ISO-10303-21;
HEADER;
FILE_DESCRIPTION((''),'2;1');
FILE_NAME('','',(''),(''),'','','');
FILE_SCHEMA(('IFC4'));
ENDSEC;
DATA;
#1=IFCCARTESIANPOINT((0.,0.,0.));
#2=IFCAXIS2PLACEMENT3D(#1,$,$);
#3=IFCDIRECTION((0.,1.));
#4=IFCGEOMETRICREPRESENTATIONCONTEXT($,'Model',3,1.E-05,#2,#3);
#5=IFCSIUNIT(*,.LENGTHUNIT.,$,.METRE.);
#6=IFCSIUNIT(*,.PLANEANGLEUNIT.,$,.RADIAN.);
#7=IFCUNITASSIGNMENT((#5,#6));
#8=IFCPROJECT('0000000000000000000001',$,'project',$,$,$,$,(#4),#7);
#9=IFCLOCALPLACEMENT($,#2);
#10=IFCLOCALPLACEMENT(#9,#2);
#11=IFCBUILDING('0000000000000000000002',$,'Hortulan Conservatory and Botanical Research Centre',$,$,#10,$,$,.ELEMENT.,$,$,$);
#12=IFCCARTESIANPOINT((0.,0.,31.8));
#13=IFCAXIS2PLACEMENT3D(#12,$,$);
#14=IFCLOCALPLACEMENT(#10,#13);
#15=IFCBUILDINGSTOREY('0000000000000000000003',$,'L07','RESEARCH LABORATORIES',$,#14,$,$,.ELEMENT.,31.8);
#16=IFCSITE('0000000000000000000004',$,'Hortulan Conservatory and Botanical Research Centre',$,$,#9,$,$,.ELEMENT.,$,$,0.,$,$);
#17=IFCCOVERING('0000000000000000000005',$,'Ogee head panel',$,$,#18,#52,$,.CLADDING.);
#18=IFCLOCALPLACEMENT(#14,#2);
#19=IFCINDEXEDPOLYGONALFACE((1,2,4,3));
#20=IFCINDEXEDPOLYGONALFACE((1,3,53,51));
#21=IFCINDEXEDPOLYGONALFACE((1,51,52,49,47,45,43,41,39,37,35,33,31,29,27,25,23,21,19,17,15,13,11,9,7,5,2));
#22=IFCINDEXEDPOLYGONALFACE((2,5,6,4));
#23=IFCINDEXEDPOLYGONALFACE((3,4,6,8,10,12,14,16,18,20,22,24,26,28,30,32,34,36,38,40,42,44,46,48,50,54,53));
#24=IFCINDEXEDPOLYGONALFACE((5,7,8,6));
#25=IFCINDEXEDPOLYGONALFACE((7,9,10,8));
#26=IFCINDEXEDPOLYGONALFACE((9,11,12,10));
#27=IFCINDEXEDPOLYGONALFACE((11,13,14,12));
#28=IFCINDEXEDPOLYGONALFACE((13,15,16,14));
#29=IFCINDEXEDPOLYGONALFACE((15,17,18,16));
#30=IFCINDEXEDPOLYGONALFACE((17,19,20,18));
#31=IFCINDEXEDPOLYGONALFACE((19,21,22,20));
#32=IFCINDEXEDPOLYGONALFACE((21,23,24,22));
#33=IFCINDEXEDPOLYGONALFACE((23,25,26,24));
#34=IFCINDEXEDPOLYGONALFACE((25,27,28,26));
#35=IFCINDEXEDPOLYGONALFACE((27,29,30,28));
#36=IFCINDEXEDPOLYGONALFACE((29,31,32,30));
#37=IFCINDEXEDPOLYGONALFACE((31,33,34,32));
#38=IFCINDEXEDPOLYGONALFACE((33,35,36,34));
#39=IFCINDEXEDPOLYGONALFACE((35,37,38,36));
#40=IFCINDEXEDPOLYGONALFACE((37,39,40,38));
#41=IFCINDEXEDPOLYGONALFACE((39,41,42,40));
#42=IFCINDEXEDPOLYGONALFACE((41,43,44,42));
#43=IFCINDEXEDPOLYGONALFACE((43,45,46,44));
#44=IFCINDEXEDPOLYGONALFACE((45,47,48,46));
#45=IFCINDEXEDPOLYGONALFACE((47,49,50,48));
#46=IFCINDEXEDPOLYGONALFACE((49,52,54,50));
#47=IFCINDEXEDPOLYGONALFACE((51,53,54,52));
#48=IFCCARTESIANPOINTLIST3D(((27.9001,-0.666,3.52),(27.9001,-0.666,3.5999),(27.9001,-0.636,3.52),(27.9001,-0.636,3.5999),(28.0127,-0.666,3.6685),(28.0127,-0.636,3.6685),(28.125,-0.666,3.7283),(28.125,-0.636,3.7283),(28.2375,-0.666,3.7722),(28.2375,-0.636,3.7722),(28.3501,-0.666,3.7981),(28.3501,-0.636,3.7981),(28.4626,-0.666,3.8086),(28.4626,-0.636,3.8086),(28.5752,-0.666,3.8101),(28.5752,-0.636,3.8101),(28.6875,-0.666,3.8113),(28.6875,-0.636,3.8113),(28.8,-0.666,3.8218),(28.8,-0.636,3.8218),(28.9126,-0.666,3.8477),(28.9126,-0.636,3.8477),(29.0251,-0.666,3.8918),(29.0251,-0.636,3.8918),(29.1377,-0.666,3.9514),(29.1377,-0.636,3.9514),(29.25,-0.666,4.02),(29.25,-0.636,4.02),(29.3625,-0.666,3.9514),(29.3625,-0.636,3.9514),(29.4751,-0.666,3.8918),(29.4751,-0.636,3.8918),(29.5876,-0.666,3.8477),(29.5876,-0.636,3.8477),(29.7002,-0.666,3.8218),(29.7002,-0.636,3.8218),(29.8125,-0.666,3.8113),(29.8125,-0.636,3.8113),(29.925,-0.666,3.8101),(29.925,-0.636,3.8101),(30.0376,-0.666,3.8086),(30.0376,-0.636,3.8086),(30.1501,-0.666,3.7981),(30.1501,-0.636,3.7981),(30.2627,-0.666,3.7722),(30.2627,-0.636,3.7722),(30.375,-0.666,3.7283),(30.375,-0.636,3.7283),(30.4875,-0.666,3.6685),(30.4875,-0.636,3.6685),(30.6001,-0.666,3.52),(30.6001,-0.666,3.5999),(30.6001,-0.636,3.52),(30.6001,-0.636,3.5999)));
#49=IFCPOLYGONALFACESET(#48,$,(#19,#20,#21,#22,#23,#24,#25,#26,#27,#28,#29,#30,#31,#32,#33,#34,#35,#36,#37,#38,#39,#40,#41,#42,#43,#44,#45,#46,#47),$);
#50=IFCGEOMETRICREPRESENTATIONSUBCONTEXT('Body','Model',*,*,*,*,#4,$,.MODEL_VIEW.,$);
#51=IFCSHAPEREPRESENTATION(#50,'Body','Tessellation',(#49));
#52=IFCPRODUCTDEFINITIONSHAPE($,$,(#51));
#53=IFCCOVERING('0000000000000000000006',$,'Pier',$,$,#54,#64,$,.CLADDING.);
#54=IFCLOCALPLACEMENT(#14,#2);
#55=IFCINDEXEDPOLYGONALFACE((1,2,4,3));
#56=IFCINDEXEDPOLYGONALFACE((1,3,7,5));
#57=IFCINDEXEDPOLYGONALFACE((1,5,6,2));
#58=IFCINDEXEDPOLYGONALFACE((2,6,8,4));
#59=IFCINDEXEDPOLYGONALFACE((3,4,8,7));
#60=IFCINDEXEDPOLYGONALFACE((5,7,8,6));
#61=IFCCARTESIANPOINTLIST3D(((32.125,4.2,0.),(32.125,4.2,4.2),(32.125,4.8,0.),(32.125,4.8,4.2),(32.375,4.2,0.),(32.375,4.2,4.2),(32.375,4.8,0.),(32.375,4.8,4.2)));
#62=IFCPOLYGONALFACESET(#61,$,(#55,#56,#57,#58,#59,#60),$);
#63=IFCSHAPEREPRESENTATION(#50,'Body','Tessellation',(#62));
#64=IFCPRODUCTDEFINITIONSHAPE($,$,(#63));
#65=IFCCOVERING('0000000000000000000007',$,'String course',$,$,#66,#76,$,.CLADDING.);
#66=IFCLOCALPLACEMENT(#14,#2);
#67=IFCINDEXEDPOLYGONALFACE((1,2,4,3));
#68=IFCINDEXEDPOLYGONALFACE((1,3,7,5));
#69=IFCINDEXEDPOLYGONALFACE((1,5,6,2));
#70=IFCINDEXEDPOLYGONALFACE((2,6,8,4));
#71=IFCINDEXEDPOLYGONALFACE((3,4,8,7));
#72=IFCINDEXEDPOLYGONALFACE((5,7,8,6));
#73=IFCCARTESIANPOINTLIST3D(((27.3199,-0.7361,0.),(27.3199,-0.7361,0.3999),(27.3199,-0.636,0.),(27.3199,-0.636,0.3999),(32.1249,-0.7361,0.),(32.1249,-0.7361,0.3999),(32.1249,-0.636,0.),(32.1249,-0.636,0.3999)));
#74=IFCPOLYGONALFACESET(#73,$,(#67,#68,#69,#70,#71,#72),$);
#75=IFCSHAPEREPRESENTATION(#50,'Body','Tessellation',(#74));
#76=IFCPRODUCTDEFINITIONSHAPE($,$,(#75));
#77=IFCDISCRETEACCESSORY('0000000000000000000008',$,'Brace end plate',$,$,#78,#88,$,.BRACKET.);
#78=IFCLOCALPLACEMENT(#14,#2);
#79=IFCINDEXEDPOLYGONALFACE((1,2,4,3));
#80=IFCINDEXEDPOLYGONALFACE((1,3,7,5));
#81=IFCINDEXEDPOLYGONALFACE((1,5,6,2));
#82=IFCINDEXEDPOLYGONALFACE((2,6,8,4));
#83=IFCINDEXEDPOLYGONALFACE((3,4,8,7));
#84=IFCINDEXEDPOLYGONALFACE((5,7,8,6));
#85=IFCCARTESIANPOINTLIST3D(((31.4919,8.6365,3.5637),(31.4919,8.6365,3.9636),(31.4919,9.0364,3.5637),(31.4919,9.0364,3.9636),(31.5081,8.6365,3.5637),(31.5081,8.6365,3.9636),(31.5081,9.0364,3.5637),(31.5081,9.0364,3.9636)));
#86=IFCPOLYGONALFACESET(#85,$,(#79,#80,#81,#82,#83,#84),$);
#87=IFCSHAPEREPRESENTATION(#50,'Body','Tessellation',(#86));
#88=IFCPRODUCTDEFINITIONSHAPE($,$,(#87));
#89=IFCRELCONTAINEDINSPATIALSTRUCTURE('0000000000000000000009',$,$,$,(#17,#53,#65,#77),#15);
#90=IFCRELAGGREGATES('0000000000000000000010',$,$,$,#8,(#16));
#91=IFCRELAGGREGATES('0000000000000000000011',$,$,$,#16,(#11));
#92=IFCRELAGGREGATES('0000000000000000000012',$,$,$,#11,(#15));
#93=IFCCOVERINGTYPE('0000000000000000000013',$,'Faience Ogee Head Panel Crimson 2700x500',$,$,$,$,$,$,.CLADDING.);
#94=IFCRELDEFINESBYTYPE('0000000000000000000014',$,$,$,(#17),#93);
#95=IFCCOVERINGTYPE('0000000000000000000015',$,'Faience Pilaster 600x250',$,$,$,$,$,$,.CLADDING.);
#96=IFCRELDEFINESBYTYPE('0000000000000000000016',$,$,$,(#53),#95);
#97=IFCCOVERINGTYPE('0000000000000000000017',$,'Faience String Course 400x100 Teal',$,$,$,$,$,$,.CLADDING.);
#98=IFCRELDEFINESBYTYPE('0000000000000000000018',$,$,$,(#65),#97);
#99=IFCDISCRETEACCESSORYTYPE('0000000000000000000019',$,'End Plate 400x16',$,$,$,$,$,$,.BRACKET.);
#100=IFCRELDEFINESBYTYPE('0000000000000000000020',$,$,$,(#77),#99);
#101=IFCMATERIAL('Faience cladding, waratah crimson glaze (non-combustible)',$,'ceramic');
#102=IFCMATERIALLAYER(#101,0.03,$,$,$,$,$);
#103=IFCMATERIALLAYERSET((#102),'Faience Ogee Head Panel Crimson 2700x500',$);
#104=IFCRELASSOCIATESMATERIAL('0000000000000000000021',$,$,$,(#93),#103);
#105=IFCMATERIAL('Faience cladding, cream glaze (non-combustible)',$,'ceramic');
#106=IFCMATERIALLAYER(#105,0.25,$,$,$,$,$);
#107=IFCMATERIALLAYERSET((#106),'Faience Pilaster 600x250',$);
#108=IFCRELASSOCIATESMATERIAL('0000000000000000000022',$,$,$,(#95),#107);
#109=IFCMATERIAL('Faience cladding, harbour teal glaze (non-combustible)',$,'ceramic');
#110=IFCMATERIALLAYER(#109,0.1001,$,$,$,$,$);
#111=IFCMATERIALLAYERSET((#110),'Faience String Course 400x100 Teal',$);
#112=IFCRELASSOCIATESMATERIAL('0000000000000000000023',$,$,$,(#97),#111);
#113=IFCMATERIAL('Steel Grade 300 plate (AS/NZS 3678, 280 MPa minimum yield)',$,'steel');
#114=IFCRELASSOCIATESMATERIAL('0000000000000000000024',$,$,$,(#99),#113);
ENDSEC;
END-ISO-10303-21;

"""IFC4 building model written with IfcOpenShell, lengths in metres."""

from ifc_helpers import new_model, si_unit, direction, frame, origin, origin_2d, place, context, subcontext, project, spatial, polyline, rectangle, outline, extrude, material, layer, layer_set, type_object, element, save


model = new_model("IFC4")

# Units and contexts
model_context = context("Model", 3, precision=1e-05, world=origin(), true_north=direction((0.0, 1.0)))
body_context = subcontext(model_context, "Body", "Model", "MODEL_VIEW")
ifc_project = project(units=[si_unit("LENGTHUNIT", "METRE"), si_unit("PLANEANGLEUNIT", "RADIAN")], contexts=[model_context])

# Site, building, storey
site_placement = place(None, origin())
site = spatial("IfcSite", under=ifc_project, at=site_placement, Name="Hortulan Conservatory and Botanical Research Centre", CompositionType="ELEMENT", RefElevation=0.0)
building_placement = place(site_placement, origin())
building = spatial("IfcBuilding", under=site, at=building_placement, Name="Hortulan Conservatory and Botanical Research Centre", CompositionType="ELEMENT")
storey_placement = place(building_placement, frame((0.0, 0.0, 31.8)))
storey = spatial("IfcBuildingStorey", under=building, at=storey_placement, Name="L07", Description="RESEARCH LABORATORIES", CompositionType="ELEMENT", Elevation=31.8)

# Coverings
ifc_material_1 = material(Name="Faience cladding, waratah crimson glaze (non-combustible)", Category="ceramic")
ifc_layer_1 = layer(ifc_material_1, 0.03)
ifc_layer_set_1 = layer_set([ifc_layer_1], Name="Faience Ogee Head Panel Crimson 2700x500")
covering_type_1 = type_object("IfcCoveringType", Name="Faience Ogee Head Panel Crimson 2700x500", PredefinedType="CLADDING", material=ifc_layer_set_1)
covering_1_placement = place(storey_placement, frame((30.6001, -0.6509, 3.52), z_axis=(0.0, 0.0, 1.0), x_axis=(-1.0, 0.0, 0.0)))
element("IfcCovering", 1, at=covering_1_placement, inside=storey, type_object=covering_type_1, Name="Ogee head panel", PredefinedType="CLADDING", context=body_context, shape_type="SweptSolid", body=[
    extrude(outline(polyline([(0.0, 0.0), (2.7, 0.0), (2.7, 0.0798), (2.5874, 0.1484), (2.4751, 0.2083), (2.3625, 0.2522), (2.25, 0.2781), (2.1375, 0.2886), (2.0249, 0.29), (1.9126, 0.2913), (1.8, 0.3018), (1.6875, 0.3276), (1.575, 0.3718), (1.4624, 0.4314), (1.3501, 0.5), (1.2375, 0.4314), (1.125, 0.3718), (1.0125, 0.3276), (0.8999, 0.3018), (0.7876, 0.2913), (0.675, 0.29), (0.5625, 0.2886), (0.45, 0.2781), (0.3374, 0.2522), (0.2251, 0.2083), (0.1125, 0.1484), (0.0, 0.0798), (0.0, 0.0)])), frame((0.0, 0.0151, 0.0), z_axis=(0.0, -1.0, 0.0), x_axis=(1.0, 0.0, 0.0)), (0.0, 0.0, 1.0), 0.03),
])
ifc_material_2 = material(Name="Faience cladding, cream glaze (non-combustible)", Category="ceramic")
ifc_layer_2 = layer(ifc_material_2, 0.25)
ifc_layer_set_2 = layer_set([ifc_layer_2], Name="Faience Pilaster 600x250")
covering_type_2 = type_object("IfcCoveringType", Name="Faience Pilaster 600x250", PredefinedType="CLADDING", material=ifc_layer_set_2)
covering_2_placement = place(storey_placement, frame((32.25, 4.5, 0.0), z_axis=(0.0, 0.0, 1.0), x_axis=(0.0, 1.0, 0.0)))
element("IfcCovering", 2, at=covering_2_placement, inside=storey, type_object=covering_type_2, Name="Pier", PredefinedType="CLADDING", context=body_context, shape_type="SweptSolid", body=[
    extrude(rectangle(XDim=0.6001, YDim=0.25, at=origin_2d()), origin(), (0.0, 0.0, 1.0), 4.2),
])
ifc_material_3 = material(Name="Faience cladding, harbour teal glaze (non-combustible)", Category="ceramic")
ifc_layer_3 = layer(ifc_material_3, 0.1001)
ifc_layer_set_3 = layer_set([ifc_layer_3], Name="Faience String Course 400x100 Teal")
covering_type_3 = type_object("IfcCoveringType", Name="Faience String Course 400x100 Teal", PredefinedType="CLADDING", material=ifc_layer_set_3)
covering_3_placement = place(storey_placement, frame((29.7224, -0.686, 0.0), z_axis=(0.0, 0.0, 1.0), x_axis=(-1.0, 0.0, 0.0)))
element("IfcCovering", 3, at=covering_3_placement, inside=storey, type_object=covering_type_3, Name="String course", PredefinedType="CLADDING", context=body_context, shape_type="SweptSolid", body=[
    extrude(rectangle(XDim=4.8049, YDim=0.1001, at=origin_2d()), origin(), (0.0, 0.0, 1.0), 0.3999),
])

# Discrete accessory
ifc_material_4 = material(Name="Steel Grade 300 plate (AS/NZS 3678, 280 MPa minimum yield)", Category="steel")
discrete_accessory_type = type_object("IfcDiscreteAccessoryType", Name="End Plate 400x16", PredefinedType="BRACKET", material=ifc_material_4)
discrete_accessory_placement = place(storey_placement, frame((31.5, 8.8364, 3.5637), z_axis=(0.0, 0.0, 1.0), x_axis=(0.0, -1.0, 0.0)))
element("IfcDiscreteAccessory", 4, at=discrete_accessory_placement, inside=storey, type_object=discrete_accessory_type, Name="Brace end plate", PredefinedType="BRACKET", context=body_context, shape_type="SweptSolid", body=[
    extrude(rectangle(XDim=0.3999, YDim=0.0161, at=origin_2d()), origin(), (0.0, 0.0, 1.0), 0.3999),
])

save(model, "model.ifc")
